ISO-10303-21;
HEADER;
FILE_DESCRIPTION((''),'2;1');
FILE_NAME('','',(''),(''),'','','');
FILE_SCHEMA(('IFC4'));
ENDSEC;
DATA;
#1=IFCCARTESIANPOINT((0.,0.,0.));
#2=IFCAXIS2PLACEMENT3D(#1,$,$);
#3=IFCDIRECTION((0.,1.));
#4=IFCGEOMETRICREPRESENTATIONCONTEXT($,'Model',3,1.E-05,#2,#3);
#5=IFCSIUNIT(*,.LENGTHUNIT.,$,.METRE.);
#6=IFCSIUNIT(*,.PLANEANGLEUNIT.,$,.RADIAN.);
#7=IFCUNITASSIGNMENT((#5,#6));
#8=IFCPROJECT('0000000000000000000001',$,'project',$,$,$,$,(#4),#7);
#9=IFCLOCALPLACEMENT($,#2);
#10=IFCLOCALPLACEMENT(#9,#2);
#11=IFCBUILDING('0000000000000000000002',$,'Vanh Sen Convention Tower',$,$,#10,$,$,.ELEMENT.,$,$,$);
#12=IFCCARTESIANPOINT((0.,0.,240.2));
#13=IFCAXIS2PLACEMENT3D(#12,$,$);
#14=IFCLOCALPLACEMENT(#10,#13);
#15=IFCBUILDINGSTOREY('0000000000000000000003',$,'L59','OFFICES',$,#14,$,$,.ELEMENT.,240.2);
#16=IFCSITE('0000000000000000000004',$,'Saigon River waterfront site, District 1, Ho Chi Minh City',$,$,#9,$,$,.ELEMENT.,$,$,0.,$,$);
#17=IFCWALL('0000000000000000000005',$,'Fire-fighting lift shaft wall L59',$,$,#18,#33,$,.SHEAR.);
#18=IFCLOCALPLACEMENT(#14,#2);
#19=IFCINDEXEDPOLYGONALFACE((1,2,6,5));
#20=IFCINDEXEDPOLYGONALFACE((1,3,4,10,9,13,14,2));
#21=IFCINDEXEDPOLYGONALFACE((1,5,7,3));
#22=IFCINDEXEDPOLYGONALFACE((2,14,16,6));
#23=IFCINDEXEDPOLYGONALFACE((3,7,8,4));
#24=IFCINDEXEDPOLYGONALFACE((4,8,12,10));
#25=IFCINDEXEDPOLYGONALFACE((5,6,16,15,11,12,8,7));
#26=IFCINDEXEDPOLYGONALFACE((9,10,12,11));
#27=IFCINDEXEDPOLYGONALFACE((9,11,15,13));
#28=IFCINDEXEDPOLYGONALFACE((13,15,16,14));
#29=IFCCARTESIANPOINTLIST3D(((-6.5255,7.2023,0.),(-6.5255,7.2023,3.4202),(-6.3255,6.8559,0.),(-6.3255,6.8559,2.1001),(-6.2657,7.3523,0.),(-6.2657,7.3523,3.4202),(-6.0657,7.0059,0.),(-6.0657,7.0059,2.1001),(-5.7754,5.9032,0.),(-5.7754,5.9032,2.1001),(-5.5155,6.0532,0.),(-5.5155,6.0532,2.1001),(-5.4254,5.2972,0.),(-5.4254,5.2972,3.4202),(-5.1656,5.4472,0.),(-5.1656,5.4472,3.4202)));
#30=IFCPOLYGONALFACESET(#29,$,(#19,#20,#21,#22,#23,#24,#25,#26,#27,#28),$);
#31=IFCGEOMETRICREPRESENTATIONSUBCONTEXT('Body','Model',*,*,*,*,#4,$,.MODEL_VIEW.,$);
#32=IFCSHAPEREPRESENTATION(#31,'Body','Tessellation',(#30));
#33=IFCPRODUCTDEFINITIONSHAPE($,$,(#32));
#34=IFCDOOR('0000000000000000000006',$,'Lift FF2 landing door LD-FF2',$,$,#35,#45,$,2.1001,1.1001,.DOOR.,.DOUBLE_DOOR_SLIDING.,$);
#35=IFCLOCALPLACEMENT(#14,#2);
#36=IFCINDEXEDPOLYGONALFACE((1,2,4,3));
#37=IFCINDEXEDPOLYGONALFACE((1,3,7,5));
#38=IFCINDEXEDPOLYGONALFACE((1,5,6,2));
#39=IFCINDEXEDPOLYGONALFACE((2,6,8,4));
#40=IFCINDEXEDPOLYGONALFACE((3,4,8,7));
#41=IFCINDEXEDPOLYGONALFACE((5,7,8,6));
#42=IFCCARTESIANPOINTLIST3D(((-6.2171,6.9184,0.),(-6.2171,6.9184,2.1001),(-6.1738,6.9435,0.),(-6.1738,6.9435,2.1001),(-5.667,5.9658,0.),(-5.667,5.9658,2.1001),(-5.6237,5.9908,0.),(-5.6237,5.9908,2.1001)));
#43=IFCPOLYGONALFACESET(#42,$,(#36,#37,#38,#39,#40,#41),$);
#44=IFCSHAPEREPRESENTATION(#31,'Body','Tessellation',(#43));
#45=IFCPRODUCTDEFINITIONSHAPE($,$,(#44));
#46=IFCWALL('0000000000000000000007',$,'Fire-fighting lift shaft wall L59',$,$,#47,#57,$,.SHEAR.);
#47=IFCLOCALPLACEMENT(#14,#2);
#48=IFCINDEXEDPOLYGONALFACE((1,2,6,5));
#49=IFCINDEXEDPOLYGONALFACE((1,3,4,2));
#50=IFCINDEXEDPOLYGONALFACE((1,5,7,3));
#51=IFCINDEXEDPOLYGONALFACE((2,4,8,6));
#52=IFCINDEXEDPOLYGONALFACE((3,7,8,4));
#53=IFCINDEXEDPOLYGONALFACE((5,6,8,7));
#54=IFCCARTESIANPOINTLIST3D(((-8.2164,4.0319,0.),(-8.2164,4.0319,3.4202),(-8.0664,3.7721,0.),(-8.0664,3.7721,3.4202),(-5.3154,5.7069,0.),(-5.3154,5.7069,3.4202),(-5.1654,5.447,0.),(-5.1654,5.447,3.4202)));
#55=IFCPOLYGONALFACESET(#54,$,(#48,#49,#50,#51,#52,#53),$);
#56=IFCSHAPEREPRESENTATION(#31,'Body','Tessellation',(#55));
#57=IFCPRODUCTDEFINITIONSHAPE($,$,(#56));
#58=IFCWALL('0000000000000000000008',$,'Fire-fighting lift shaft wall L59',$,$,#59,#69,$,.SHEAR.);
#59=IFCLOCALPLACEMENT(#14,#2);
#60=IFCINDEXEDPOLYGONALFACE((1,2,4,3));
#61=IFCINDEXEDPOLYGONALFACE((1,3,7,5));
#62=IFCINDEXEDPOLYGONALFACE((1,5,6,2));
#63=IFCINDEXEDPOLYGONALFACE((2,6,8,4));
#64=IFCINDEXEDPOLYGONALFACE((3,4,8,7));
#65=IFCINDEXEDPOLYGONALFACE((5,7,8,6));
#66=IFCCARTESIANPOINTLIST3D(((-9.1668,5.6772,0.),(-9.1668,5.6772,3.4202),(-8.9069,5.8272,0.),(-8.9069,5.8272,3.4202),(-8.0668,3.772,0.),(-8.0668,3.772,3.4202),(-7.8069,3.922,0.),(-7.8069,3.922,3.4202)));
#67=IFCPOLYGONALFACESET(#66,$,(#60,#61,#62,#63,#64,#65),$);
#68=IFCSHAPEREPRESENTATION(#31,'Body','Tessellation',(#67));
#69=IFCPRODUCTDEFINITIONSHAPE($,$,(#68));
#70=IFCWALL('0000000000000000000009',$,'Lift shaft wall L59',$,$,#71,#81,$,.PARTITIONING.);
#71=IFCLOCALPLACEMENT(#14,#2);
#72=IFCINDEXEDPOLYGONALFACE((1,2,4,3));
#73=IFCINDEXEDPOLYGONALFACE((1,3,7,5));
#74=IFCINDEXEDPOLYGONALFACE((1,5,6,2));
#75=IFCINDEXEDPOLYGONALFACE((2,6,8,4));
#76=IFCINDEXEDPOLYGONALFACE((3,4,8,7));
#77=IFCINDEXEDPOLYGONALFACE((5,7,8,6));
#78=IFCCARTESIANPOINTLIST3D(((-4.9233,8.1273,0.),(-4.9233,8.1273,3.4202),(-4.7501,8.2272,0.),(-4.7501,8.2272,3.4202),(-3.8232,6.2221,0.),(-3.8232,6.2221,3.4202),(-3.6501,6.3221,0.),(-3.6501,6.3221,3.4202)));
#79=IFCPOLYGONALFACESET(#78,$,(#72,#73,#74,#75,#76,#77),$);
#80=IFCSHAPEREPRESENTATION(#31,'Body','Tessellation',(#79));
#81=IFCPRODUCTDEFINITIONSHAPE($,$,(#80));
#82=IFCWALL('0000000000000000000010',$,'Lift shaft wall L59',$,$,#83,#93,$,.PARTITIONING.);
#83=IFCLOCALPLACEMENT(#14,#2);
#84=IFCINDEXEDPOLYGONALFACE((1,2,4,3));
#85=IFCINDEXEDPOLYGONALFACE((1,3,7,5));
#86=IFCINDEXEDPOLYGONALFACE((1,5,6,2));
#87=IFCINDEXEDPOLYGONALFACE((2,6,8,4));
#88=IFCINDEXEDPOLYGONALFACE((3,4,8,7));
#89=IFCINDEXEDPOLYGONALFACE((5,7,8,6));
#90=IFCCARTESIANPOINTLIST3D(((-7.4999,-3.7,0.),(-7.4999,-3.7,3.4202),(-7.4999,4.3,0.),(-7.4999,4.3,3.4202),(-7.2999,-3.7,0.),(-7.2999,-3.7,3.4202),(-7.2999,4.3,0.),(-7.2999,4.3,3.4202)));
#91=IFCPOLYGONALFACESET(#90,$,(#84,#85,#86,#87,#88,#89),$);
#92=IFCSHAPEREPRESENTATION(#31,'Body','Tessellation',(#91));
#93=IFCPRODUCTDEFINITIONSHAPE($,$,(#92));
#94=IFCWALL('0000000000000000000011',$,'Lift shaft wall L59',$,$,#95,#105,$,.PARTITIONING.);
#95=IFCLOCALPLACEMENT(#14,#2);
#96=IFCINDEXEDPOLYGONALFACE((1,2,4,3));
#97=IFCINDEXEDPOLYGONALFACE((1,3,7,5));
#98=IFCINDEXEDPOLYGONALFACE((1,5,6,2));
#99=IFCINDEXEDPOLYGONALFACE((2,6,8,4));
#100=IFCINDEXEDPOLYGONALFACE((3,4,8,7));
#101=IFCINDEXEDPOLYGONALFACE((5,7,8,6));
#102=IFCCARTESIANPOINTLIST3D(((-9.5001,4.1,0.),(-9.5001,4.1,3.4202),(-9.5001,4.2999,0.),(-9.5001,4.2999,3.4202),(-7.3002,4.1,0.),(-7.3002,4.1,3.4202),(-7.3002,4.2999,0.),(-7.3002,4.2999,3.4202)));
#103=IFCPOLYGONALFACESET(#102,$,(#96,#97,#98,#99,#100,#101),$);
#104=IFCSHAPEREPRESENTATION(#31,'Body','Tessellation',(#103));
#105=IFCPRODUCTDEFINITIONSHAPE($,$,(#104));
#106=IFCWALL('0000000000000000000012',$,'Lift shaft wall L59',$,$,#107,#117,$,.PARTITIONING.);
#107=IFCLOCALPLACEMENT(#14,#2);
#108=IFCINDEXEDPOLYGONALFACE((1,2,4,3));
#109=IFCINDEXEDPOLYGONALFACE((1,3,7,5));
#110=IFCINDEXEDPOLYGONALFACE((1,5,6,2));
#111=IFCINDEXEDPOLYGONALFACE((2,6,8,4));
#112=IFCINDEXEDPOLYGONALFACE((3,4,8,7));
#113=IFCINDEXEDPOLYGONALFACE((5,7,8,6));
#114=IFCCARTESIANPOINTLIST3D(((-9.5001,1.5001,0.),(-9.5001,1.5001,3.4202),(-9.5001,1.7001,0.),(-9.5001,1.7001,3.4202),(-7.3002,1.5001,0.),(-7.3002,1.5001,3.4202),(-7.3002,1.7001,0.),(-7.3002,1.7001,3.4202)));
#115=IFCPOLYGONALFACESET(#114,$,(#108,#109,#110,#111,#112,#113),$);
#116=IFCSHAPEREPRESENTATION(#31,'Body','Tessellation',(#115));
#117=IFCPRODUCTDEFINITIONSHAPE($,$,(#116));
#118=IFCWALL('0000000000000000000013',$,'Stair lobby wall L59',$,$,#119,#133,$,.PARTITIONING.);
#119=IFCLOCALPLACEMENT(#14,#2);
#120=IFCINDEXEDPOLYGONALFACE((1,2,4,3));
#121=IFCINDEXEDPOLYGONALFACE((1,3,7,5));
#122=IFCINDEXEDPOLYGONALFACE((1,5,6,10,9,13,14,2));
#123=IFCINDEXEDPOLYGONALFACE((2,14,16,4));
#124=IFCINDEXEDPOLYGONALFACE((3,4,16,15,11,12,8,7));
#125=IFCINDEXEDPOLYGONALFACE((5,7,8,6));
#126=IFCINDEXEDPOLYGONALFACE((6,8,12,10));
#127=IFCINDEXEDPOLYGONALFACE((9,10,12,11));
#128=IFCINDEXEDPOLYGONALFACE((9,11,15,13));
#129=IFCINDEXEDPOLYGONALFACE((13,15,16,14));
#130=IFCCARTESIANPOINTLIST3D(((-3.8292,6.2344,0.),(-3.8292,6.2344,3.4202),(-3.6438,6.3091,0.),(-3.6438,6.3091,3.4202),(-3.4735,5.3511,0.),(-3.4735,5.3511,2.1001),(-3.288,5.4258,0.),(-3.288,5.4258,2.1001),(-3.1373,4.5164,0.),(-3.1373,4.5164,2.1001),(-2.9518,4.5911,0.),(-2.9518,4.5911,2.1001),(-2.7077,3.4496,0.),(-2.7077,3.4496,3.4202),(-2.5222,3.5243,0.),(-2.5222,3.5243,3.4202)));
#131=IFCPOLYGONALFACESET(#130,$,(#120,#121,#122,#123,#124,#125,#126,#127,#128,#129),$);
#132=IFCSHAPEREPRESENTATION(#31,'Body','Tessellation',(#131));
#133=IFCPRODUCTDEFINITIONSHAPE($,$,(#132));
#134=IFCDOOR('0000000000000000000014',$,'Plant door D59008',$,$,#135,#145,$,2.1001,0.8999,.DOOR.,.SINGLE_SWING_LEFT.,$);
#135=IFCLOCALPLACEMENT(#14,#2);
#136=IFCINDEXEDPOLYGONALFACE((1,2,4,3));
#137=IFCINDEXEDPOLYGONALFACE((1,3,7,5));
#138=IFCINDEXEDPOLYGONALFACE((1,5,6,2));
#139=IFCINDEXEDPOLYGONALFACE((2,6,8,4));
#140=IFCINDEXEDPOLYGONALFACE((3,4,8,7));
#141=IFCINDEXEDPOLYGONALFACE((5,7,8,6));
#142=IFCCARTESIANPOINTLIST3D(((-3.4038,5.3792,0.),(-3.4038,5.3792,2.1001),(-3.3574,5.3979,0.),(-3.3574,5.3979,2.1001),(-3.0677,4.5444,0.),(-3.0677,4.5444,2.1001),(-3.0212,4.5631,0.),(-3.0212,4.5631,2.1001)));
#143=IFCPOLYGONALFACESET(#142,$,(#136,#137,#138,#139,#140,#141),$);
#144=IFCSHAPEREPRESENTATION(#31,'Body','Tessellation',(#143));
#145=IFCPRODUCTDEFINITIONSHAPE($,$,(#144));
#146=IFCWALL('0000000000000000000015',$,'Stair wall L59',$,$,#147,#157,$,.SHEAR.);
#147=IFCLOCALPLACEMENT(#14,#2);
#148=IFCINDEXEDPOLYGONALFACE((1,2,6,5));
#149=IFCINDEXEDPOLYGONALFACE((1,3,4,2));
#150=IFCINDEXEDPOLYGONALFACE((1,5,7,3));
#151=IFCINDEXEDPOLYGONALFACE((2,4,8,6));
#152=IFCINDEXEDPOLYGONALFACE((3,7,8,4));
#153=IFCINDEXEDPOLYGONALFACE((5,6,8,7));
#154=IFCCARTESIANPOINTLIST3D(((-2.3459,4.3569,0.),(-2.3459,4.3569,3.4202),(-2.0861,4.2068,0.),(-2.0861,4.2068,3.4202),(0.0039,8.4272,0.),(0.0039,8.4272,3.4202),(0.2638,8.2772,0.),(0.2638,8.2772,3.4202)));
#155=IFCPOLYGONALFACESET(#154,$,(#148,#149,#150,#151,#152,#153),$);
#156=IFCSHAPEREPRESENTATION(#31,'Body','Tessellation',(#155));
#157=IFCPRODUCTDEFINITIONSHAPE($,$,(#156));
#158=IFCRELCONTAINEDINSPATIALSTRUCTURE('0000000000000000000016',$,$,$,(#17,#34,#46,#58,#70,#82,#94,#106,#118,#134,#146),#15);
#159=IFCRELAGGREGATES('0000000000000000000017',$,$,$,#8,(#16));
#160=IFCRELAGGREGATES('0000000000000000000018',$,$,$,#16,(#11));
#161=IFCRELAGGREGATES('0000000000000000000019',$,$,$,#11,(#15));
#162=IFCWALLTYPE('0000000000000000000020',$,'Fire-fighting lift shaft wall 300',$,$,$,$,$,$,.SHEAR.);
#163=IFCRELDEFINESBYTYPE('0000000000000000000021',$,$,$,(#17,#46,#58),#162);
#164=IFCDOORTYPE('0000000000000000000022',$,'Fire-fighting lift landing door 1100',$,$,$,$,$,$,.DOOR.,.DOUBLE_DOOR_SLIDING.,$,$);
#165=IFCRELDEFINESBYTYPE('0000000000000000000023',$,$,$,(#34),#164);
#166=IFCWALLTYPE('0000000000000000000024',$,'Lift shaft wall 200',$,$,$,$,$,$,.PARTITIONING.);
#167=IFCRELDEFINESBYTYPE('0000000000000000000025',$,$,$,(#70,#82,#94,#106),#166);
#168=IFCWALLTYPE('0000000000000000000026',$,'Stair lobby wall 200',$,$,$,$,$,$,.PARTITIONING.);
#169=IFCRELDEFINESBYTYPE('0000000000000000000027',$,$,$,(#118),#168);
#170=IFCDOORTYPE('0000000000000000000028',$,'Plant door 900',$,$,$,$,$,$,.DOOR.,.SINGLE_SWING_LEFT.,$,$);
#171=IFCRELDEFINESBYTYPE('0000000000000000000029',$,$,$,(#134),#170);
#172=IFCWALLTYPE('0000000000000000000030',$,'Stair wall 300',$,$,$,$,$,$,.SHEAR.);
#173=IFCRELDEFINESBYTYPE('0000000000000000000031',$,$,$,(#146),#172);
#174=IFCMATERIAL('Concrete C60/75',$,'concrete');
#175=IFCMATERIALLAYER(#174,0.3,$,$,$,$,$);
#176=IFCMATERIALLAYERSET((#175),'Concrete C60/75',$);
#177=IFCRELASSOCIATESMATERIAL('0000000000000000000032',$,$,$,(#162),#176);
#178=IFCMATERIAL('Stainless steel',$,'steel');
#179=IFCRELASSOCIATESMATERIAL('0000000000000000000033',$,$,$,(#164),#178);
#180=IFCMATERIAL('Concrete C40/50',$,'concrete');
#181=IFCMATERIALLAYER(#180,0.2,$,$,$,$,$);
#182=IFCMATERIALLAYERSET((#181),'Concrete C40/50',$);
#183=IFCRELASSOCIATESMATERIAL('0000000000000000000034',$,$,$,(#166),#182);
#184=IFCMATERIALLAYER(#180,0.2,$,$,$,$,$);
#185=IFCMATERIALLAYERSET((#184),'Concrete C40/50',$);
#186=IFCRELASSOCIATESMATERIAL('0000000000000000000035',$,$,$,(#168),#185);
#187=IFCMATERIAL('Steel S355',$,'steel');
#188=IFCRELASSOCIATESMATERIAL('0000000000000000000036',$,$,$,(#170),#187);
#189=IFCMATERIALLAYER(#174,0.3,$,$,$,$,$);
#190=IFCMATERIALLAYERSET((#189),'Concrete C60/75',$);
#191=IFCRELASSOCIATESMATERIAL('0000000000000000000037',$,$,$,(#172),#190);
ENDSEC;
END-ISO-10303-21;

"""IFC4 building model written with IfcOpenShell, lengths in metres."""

from ifc_helpers import new_model, si_unit, direction, frame, frame_2d, origin, place, context, subcontext, project, spatial, rectangle, extrude, material, layer, layer_set, type_object, element, fill, save


model = new_model("IFC4")

# Units and contexts
model_context = context("Model", 3, precision=1e-05, world=origin(), true_north=direction((0.0, 1.0)))
body_context = subcontext(model_context, "Body", "Model", "MODEL_VIEW")
ifc_project = project(units=[si_unit("LENGTHUNIT", "METRE"), si_unit("PLANEANGLEUNIT", "RADIAN")], contexts=[model_context])

# Site, building, storey
site_placement = place(None, origin())
site = spatial("IfcSite", under=ifc_project, at=site_placement, Name="Saigon River waterfront site, District 1, Ho Chi Minh City", CompositionType="ELEMENT", RefElevation=0.0)
building_placement = place(site_placement, origin())
building = spatial("IfcBuilding", under=site, at=building_placement, Name="Vanh Sen Convention Tower", CompositionType="ELEMENT")
storey_placement = place(building_placement, frame((0.0, 0.0, 240.2)))
storey = spatial("IfcBuildingStorey", under=building, at=storey_placement, Name="L59", Description="OFFICES", CompositionType="ELEMENT", Elevation=240.2)

# Shared definitions
ifc_material_1 = material(Name="Concrete C60/75", Category="concrete")
ifc_material_2 = material(Name="Stainless steel", Category="steel")

# Wall, opening, door
ifc_layer_1 = layer(ifc_material_1, 0.3)
ifc_layer_set_1 = layer_set([ifc_layer_1], Name="Concrete C60/75")
wall_type_1 = type_object("IfcWallType", Name="Fire-fighting lift shaft wall 300", PredefinedType="SHEAR", material=ifc_layer_set_1)
wall_1_placement = place(storey_placement, frame((-5.2954, 5.3721, 0.0), z_axis=(0.0, 0.0, 1.0), x_axis=(-0.500078, 0.86598, 0.0)))
wall_1 = element("IfcWall", 1, at=wall_1_placement, inside=storey, type_object=wall_type_1, Name="Fire-fighting lift shaft wall L59", PredefinedType="SHEAR", context=body_context, shape_type="SweptSolid", body=[
    extrude(rectangle(XDim=2.2, YDim=0.3, at=frame_2d((1.1001, 0.0))), origin(), (0.0, 0.0, 1.0), 3.4202),
])
opening_1_placement = place(wall_1_placement, frame((0.7, 0.0, 0.0)))
opening_1 = element("IfcOpeningElement", 2, at=opening_1_placement, cuts=wall_1, PredefinedType="OPENING", context=body_context, shape_type="SweptSolid", body=[
    extrude(rectangle(XDim=1.1001, YDim=2.1001, at=frame_2d((0.55, 1.05))), frame((0.0, 0.1599, 0.0), z_axis=(0.0, -1.0, 0.0), x_axis=(1.0, 0.0, 0.0)), (0.0, 0.0, 1.0), 0.3201),
])
door_type_1 = type_object("IfcDoorType", Name="Fire-fighting lift landing door 1100", OperationType="DOUBLE_DOOR_SLIDING", PredefinedType="DOOR", material=ifc_material_2)
door_1_placement = place(opening_1_placement, origin())
door_1 = element("IfcDoor", 3, at=door_1_placement, inside=storey, type_object=door_type_1, Name="Lift FF2 landing door LD-FF2", OperationType="DOUBLE_DOOR_SLIDING", OverallHeight=2.1001, OverallWidth=1.1001, PredefinedType="DOOR", context=body_context, shape_type="SweptSolid", body=[
    extrude(rectangle(XDim=1.1001, YDim=2.1001, at=frame_2d((0.55, 1.05))), frame((0.0, 0.0249, 0.0), z_axis=(0.0, -1.0, 0.0), x_axis=(1.0, 0.0, 0.0)), (0.0, 0.0, 1.0), 0.05),
])
fill(opening_1, door_1)

# Walls
wall_2_placement = place(storey_placement, frame((-5.2405, 5.5769, 0.0), z_axis=(0.0, 0.0, 1.0), x_axis=(-0.866014, -0.500019, 0.0)))
element("IfcWall", 4, at=wall_2_placement, inside=storey, type_object=wall_type_1, Name="Fire-fighting lift shaft wall L59", PredefinedType="SHEAR", context=body_context, shape_type="SweptSolid", body=[
    extrude(rectangle(XDim=3.3499, YDim=0.3, at=frame_2d((1.6748, 0.0))), origin(), (0.0, 0.0, 1.0), 3.4202),
])
wall_3_placement = place(storey_placement, frame((-7.9368, 3.8469, 0.0), z_axis=(0.0, 0.0, 1.0), x_axis=(-0.50003, 0.866008, 0.0)))
element("IfcWall", 5, at=wall_3_placement, inside=storey, type_object=wall_type_1, Name="Fire-fighting lift shaft wall L59", PredefinedType="SHEAR", context=body_context, shape_type="SweptSolid", body=[
    extrude(rectangle(XDim=2.2, YDim=0.3, at=frame_2d((1.1001, 0.0))), origin(), (0.0, 0.0, 1.0), 3.4202),
])
ifc_material_3 = material(Name="Concrete C40/50", Category="concrete")
ifc_layer_2 = layer(ifc_material_3, 0.2)
ifc_layer_set_2 = layer_set([ifc_layer_2], Name="Concrete C40/50")
wall_type_2 = type_object("IfcWallType", Name="Lift shaft wall 200", PredefinedType="PARTITIONING", material=ifc_layer_set_2)
wall_4_placement = place(storey_placement, frame((-3.7366, 6.272, 0.0), z_axis=(0.0, 0.0, 1.0), x_axis=(-0.50003, 0.866008, 0.0)))
element("IfcWall", 6, at=wall_4_placement, inside=storey, type_object=wall_type_2, Name="Lift shaft wall L59", PredefinedType="PARTITIONING", context=body_context, shape_type="SweptSolid", body=[
    extrude(rectangle(XDim=2.2, YDim=0.2, at=frame_2d((1.1001, 0.0))), origin(), (0.0, 0.0, 1.0), 3.4202),
])
wall_5_placement = place(storey_placement, frame((-7.3999, 4.3, 0.0), z_axis=(0.0, 0.0, 1.0), x_axis=(0.0, -1.0, 0.0)))
element("IfcWall", 7, at=wall_5_placement, inside=storey, type_object=wall_type_2, Name="Lift shaft wall L59", PredefinedType="PARTITIONING", context=body_context, shape_type="SweptSolid", body=[
    extrude(rectangle(XDim=8.0, YDim=0.2, at=frame_2d((4.0, 0.0))), origin(), (0.0, 0.0, 1.0), 3.4202),
])
for number, where, z_axis, x_axis, name in (
    (8, (-7.3, 4.2, 0.0), (0.0, 0.0, 1.0), (-1.0, 0.0, 0.0), "Lift shaft wall L59"),
    (9, (-7.3, 1.6001, 0.0), (0.0, 0.0, 1.0), (-1.0, 0.0, 0.0), "Lift shaft wall L59"),
):
    element("IfcWall", number, at=place(storey_placement, frame(where, z_axis=z_axis, x_axis=x_axis)), inside=storey, type_object=wall_type_2, Name=name, PredefinedType="PARTITIONING", context=body_context, shape_type="SweptSolid", body=[
        extrude(rectangle(XDim=2.2, YDim=0.2, at=frame_2d((1.1001, 0.0))), origin(), (0.0, 0.0, 1.0), 3.4202),
    ])

# Wall, opening, door
ifc_layer_3 = layer(ifc_material_3, 0.2)
ifc_layer_set_3 = layer_set([ifc_layer_3], Name="Concrete C40/50")
wall_type_3 = type_object("IfcWallType", Name="Stair lobby wall 200", PredefinedType="PARTITIONING", material=ifc_layer_set_3)
wall_6_placement = place(storey_placement, frame((-2.615, 3.4871, 0.0), z_axis=(0.0, 0.0, 1.0), x_axis=(-0.373577, 0.927599, 0.0)))
wall_6 = element("IfcWall", 10, at=wall_6_placement, inside=storey, type_object=wall_type_3, Name="Stair lobby wall L59", PredefinedType="PARTITIONING", context=body_context, shape_type="SweptSolid", body=[
    extrude(rectangle(XDim=3.0022, YDim=0.2, at=frame_2d((1.501, 0.0))), origin(), (0.0, 0.0, 1.0), 3.4202),
])
opening_2_placement = place(wall_6_placement, frame((1.1499, 0.0, 0.0)))
opening_2 = element("IfcOpeningElement", 11, at=opening_2_placement, cuts=wall_6, PredefinedType="OPENING", context=body_context, shape_type="SweptSolid", body=[
    extrude(rectangle(XDim=0.8999, YDim=2.1001, at=frame_2d((0.45, 1.05))), frame((0.0, 0.1099, 0.0), z_axis=(0.0, -1.0, 0.0), x_axis=(1.0, 0.0, 0.0)), (0.0, 0.0, 1.0), 0.22),
])
ifc_material_4 = material(Name="Steel S355", Category="steel")
door_type_2 = type_object("IfcDoorType", Name="Plant door 900", OperationType="SINGLE_SWING_LEFT", PredefinedType="DOOR", material=ifc_material_4)
door_2_placement = place(opening_2_placement, origin())
door_2 = element("IfcDoor", 12, at=door_2_placement, inside=storey, type_object=door_type_2, Name="Plant door D59008", OperationType="SINGLE_SWING_LEFT", OverallHeight=2.1001, OverallWidth=0.8999, PredefinedType="DOOR", context=body_context, shape_type="SweptSolid", body=[
    extrude(rectangle(XDim=0.8999, YDim=2.1001, at=frame_2d((0.45, 1.05))), frame((0.0, 0.0249, 0.0), z_axis=(0.0, -1.0, 0.0), x_axis=(1.0, 0.0, 0.0)), (0.0, 0.0, 1.0), 0.05),
])
fill(opening_2, door_2)

# Wall
ifc_layer_4 = layer(ifc_material_1, 0.3)
ifc_layer_set_4 = layer_set([ifc_layer_4], Name="Concrete C60/75")
wall_type_4 = type_object("IfcWallType", Name="Stair wall 300", PredefinedType="SHEAR", material=ifc_layer_set_4)
wall_7_placement = place(storey_placement, frame((-2.2161, 4.2817, 0.0), z_axis=(0.0, 0.0, 1.0), x_axis=(0.499977, 0.866039, 0.0)))
element("IfcWall", 13, at=wall_7_placement, inside=storey, type_object=wall_type_4, Name="Stair wall L59", PredefinedType="SHEAR", context=body_context, shape_type="SweptSolid", body=[
    extrude(rectangle(XDim=4.7, YDim=0.3, at=frame_2d((2.3501, 0.0))), origin(), (0.0, 0.0, 1.0), 3.4202),
])

save(model, "model.ifc")
